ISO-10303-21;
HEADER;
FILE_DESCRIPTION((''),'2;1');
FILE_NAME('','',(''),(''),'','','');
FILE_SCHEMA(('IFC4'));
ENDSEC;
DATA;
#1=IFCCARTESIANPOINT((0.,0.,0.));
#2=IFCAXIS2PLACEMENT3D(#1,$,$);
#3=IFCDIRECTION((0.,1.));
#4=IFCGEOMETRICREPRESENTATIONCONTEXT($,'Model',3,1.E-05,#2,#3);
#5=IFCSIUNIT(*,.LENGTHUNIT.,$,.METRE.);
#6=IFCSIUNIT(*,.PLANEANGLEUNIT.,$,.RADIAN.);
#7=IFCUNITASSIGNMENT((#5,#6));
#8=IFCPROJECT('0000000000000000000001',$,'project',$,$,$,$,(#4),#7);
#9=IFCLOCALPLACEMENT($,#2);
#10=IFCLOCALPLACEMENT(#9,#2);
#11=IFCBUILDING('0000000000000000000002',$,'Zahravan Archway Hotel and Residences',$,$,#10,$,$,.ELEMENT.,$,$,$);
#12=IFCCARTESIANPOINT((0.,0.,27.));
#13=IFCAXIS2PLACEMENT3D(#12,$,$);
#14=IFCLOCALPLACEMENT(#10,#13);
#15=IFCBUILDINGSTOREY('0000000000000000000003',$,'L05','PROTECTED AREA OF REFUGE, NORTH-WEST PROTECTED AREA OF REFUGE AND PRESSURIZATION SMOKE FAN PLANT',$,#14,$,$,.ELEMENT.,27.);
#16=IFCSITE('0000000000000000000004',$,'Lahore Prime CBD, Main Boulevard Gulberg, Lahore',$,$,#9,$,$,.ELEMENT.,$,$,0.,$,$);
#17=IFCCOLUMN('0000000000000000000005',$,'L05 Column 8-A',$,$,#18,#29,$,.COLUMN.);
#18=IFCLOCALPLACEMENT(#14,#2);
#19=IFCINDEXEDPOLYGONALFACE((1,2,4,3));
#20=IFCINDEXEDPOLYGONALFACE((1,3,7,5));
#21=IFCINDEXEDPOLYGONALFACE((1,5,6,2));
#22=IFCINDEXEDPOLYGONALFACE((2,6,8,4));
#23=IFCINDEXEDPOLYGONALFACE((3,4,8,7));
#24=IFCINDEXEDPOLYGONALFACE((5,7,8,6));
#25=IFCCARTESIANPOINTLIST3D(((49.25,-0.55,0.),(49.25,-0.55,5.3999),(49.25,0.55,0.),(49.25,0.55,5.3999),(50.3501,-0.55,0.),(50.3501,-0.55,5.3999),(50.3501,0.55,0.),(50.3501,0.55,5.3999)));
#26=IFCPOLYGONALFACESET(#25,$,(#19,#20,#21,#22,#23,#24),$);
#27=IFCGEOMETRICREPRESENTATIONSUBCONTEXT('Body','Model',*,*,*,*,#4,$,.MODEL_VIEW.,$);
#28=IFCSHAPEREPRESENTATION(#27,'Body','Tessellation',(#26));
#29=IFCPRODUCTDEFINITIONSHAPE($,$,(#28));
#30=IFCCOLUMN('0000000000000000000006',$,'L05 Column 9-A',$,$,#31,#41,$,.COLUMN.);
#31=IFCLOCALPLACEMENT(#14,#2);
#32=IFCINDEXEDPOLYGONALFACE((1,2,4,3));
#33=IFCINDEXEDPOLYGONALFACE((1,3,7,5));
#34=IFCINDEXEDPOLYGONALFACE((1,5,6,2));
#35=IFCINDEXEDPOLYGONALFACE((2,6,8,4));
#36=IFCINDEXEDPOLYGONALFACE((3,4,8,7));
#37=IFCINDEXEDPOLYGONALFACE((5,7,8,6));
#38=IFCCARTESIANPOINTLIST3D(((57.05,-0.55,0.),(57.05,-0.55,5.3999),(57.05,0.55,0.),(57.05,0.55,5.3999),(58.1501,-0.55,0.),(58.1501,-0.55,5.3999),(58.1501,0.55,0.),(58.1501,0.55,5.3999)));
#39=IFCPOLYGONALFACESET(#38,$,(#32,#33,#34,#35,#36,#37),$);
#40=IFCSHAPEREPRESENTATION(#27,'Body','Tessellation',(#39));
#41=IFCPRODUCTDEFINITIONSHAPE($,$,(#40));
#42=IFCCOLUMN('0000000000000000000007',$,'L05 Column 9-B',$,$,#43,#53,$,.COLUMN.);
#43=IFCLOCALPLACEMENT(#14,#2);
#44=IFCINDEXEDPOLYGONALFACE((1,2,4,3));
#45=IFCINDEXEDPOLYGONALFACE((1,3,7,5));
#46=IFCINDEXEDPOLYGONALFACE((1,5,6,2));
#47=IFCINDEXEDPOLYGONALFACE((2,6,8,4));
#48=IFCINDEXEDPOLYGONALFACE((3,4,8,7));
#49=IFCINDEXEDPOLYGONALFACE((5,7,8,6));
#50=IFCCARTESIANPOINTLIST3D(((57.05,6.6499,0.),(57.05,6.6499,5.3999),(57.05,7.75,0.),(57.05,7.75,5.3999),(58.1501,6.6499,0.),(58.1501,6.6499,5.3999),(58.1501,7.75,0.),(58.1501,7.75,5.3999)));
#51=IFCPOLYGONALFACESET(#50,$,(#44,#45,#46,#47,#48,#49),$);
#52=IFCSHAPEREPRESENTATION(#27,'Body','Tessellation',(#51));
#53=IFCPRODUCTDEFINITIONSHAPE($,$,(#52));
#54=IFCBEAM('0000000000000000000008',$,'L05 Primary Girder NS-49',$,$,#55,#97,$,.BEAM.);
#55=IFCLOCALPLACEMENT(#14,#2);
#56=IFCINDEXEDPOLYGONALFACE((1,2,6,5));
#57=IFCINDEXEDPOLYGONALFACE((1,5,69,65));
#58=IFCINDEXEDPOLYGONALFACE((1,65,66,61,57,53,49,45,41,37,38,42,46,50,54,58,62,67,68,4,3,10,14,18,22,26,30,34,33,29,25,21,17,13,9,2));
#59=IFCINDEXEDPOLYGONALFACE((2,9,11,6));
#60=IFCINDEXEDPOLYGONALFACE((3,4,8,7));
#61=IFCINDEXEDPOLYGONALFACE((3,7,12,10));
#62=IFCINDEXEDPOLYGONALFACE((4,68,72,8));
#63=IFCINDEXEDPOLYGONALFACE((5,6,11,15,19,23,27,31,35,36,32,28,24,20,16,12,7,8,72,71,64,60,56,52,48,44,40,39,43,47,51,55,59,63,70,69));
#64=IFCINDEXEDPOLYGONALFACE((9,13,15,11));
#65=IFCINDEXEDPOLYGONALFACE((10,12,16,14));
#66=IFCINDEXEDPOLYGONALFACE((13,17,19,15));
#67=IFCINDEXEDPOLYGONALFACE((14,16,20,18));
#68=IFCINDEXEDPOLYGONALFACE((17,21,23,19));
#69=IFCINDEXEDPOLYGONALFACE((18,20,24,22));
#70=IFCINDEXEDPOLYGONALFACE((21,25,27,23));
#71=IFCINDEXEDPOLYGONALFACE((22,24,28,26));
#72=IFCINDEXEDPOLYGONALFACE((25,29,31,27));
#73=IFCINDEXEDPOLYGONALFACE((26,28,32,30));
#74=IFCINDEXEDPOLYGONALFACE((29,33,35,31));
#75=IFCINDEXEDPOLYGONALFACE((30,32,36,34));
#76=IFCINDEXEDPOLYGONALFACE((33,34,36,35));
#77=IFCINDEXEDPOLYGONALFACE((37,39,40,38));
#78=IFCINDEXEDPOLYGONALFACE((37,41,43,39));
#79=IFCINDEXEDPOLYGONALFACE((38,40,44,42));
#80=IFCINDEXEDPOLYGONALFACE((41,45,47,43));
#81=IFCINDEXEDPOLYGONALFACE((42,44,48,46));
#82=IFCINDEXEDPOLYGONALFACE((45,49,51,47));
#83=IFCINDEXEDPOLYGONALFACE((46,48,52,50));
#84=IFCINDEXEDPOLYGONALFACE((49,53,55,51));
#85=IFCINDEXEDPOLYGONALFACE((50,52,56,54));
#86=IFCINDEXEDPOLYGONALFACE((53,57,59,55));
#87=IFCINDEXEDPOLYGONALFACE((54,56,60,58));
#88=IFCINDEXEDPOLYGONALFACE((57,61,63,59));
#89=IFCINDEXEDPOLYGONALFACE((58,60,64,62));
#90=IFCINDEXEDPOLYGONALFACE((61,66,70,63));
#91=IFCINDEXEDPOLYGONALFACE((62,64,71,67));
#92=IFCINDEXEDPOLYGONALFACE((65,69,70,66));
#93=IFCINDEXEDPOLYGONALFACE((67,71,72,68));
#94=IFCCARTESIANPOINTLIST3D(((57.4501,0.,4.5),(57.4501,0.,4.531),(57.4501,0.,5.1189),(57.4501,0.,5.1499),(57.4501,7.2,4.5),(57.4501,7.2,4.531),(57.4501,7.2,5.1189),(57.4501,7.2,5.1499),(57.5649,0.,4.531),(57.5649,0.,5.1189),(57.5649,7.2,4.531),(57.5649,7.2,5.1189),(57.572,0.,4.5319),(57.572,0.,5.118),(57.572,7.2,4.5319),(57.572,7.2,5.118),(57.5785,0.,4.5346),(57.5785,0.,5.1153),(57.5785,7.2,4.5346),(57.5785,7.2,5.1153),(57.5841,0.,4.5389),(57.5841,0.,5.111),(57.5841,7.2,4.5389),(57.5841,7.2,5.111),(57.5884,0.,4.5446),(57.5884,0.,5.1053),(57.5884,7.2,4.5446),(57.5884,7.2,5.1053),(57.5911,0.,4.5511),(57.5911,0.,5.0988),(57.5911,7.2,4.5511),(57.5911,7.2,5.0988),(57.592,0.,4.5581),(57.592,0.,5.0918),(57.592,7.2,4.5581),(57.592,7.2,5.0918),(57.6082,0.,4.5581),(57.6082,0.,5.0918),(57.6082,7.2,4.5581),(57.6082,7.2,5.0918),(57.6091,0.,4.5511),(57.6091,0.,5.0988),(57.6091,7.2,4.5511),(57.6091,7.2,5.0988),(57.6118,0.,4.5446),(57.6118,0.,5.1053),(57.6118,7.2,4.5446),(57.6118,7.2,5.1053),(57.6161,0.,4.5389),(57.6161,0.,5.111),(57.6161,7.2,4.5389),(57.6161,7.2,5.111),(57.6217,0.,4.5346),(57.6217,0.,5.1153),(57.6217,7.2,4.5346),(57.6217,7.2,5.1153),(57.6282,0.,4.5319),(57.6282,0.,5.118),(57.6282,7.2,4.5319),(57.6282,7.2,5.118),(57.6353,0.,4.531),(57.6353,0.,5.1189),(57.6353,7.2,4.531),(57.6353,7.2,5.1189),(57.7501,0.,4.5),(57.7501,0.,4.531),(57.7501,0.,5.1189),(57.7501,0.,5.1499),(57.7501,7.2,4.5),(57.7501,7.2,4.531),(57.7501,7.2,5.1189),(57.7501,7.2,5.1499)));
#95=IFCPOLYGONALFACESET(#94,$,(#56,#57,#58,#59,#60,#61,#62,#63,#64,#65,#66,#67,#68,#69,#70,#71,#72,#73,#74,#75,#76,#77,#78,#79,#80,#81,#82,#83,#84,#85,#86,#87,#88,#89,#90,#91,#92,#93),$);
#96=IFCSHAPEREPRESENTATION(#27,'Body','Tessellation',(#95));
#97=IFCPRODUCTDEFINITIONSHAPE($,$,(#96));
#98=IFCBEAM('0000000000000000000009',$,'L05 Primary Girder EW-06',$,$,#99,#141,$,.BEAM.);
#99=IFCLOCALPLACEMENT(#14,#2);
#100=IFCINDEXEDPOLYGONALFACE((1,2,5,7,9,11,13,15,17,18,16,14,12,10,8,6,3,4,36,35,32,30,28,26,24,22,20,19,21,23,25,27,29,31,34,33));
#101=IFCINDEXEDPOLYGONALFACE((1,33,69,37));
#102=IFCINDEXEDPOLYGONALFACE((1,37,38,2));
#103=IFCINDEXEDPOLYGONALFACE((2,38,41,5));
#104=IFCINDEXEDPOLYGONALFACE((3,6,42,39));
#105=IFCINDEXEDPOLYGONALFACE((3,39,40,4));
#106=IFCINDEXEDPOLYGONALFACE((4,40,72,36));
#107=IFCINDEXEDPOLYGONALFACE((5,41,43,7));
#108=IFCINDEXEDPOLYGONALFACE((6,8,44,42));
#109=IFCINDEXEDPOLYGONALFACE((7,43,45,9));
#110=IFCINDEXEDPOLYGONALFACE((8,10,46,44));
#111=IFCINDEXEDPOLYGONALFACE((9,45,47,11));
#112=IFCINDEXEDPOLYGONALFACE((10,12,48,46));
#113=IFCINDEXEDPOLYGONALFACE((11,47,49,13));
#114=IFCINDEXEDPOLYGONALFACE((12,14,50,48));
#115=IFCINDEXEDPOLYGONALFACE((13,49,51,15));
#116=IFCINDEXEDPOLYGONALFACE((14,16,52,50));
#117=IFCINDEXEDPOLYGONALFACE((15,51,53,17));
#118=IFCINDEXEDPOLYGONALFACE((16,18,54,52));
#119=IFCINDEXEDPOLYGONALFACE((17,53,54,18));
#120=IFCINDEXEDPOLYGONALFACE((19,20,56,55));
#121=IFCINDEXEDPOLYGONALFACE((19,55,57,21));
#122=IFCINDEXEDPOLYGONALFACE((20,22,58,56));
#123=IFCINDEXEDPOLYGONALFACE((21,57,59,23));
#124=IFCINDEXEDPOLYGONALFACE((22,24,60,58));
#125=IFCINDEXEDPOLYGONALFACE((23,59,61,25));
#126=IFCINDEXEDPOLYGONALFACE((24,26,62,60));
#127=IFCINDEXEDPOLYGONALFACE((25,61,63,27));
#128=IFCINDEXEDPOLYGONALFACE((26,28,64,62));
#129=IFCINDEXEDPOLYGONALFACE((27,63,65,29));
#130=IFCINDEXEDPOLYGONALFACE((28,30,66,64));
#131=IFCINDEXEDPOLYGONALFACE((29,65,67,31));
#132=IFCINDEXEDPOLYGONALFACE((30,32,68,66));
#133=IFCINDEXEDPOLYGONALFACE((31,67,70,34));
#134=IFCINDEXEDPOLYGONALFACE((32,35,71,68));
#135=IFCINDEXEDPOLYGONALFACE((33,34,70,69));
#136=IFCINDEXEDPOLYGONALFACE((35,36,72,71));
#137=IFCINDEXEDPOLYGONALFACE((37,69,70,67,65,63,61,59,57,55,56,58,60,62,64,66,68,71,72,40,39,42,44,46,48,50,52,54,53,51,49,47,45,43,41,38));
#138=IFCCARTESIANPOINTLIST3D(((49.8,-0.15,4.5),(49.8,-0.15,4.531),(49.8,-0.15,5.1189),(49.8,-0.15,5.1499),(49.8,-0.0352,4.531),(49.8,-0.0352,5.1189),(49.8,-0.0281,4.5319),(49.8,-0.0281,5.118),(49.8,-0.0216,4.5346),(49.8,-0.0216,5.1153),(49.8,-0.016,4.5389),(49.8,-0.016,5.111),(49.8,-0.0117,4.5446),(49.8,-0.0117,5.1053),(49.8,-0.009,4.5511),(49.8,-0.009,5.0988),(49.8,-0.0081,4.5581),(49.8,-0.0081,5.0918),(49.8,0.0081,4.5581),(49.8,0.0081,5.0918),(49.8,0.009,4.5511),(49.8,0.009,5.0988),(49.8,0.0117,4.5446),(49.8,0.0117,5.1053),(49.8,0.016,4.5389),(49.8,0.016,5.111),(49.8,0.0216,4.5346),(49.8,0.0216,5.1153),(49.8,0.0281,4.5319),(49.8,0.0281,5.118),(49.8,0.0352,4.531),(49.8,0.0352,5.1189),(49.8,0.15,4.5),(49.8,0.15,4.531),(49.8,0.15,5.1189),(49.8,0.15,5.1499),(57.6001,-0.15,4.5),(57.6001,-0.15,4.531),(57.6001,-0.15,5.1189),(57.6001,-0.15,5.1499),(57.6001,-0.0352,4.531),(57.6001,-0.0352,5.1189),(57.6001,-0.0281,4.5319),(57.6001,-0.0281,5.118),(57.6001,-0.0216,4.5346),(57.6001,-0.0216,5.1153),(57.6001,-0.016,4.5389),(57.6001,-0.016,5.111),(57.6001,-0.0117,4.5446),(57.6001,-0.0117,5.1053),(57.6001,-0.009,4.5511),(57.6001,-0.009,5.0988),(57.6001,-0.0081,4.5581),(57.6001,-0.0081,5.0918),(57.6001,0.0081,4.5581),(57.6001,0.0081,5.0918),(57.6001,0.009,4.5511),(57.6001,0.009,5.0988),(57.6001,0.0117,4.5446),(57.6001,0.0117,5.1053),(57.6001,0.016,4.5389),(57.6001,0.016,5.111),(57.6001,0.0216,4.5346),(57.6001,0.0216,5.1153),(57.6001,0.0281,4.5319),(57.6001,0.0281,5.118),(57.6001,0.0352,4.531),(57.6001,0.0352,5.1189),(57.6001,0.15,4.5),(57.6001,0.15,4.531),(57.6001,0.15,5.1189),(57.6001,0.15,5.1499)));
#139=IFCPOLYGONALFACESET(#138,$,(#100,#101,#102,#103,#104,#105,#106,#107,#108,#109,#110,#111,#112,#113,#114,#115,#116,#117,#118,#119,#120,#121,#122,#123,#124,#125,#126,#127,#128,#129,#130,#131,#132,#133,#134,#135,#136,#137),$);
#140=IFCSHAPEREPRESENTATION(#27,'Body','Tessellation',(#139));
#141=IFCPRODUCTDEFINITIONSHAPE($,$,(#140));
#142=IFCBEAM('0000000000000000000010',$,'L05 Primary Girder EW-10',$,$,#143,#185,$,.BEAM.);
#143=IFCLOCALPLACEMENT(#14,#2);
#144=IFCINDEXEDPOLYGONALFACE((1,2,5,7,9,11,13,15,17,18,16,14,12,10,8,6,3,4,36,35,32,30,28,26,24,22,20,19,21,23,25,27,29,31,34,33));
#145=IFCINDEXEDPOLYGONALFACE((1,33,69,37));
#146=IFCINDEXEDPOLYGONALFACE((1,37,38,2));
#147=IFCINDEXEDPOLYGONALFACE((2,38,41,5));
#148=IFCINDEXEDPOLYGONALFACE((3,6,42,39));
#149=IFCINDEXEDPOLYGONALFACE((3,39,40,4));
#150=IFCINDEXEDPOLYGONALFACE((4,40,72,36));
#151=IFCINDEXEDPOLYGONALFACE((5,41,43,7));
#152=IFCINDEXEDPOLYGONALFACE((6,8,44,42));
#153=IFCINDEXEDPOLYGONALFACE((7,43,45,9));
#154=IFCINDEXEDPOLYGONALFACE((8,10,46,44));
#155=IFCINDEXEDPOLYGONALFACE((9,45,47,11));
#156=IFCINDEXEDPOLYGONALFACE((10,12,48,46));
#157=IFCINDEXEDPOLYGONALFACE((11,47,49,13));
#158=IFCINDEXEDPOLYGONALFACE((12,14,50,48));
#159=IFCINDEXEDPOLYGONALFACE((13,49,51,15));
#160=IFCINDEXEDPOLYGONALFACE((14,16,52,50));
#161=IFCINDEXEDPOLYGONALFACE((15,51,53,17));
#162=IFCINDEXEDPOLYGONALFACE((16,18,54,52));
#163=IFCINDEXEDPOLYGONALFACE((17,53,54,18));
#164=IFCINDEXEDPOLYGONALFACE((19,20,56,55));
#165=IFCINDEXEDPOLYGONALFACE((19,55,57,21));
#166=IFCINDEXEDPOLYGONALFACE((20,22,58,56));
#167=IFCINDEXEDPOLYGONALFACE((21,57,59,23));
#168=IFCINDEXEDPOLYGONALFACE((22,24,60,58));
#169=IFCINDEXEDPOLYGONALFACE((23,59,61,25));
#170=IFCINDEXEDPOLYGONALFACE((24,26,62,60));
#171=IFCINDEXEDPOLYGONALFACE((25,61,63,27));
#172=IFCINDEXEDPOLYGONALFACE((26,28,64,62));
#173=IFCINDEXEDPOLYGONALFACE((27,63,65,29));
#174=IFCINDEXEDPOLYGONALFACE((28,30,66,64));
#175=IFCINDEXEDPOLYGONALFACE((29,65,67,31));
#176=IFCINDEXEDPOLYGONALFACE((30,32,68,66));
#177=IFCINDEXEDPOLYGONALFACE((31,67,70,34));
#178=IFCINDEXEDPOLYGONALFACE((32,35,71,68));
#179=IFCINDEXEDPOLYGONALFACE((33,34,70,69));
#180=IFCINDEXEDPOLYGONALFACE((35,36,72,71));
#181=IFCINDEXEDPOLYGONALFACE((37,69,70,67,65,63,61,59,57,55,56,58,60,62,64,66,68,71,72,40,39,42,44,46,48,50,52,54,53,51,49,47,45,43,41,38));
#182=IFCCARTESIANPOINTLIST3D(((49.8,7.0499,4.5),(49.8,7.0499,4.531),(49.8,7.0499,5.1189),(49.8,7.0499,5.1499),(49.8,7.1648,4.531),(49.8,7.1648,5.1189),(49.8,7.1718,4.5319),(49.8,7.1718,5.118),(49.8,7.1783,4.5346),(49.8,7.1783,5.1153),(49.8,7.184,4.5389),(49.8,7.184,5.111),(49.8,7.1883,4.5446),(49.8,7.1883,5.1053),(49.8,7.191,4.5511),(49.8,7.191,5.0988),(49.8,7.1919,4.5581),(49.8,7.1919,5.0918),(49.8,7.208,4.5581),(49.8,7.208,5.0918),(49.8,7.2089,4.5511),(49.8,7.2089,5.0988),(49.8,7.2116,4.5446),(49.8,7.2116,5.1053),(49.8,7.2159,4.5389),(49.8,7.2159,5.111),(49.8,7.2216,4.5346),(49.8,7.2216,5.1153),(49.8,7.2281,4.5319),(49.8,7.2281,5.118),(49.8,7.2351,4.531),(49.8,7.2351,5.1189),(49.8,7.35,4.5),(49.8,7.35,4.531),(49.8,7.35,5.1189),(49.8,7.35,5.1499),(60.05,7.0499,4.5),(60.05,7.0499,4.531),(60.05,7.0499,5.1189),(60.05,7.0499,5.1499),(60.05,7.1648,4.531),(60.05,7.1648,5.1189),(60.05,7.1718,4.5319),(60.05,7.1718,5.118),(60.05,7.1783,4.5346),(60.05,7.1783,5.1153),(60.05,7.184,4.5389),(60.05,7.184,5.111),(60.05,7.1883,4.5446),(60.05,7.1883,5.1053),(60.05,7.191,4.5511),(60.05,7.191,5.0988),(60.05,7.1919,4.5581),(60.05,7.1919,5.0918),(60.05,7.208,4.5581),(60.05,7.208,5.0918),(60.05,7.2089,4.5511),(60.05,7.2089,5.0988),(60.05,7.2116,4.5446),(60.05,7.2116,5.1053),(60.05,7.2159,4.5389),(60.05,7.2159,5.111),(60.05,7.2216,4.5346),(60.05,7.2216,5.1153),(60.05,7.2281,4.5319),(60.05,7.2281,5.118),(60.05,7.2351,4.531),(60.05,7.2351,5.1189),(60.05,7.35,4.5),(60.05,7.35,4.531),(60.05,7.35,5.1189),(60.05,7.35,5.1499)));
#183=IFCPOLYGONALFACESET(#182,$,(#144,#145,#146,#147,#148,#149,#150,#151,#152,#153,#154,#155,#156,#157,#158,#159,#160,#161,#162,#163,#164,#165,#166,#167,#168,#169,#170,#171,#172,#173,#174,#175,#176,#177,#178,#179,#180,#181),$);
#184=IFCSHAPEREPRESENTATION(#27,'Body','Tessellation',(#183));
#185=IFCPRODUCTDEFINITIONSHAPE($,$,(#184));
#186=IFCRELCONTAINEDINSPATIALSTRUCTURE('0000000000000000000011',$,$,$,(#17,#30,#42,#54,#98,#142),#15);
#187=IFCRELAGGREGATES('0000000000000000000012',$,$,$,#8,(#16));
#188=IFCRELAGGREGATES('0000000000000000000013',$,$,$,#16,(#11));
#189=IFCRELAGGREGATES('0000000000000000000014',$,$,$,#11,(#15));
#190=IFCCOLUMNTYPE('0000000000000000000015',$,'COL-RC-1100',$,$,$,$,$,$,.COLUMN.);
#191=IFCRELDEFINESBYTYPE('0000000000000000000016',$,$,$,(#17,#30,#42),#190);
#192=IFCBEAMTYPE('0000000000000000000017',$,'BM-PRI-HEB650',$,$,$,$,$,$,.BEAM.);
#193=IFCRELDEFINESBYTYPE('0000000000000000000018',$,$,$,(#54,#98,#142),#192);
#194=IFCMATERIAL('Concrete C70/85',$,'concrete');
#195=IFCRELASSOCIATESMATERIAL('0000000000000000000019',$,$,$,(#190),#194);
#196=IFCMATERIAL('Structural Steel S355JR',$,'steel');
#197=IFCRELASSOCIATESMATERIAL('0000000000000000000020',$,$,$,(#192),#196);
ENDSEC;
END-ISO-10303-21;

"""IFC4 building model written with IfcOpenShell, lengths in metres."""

from ifc_helpers import new_model, si_unit, direction, frame, origin, origin_2d, place, context, subcontext, project, spatial, rectangle, i_section, extrude, source, transform, mapped, material, material_profile, profile_set, type_object, element, save


model = new_model("IFC4")

# Units and contexts
model_context = context("Model", 3, precision=1e-05, world=origin(), true_north=direction((0.0, 1.0)))
body_context = subcontext(model_context, "Body", "Model", "MODEL_VIEW")
ifc_project = project(units=[si_unit("LENGTHUNIT", "METRE"), si_unit("PLANEANGLEUNIT", "RADIAN")], contexts=[model_context])

# Site, building, storey
site_placement = place(None, origin())
site = spatial("IfcSite", under=ifc_project, at=site_placement, Name="Lahore Prime CBD, Main Boulevard Gulberg, Lahore", CompositionType="ELEMENT", RefElevation=0.0)
building_placement = place(site_placement, origin())
building = spatial("IfcBuilding", under=site, at=building_placement, Name="Zahravan Archway Hotel and Residences", CompositionType="ELEMENT")
storey_placement = place(building_placement, frame((0.0, 0.0, 27.0)))
storey = spatial("IfcBuildingStorey", under=building, at=storey_placement, Name="L05", Description="PROTECTED AREA OF REFUGE, NORTH-WEST PROTECTED AREA OF REFUGE AND PRESSURIZATION SMOKE FAN PLANT", CompositionType="ELEMENT", Elevation=27.0)

# Columns
ifc_material_1 = material(Name="Concrete C70/85", Category="concrete")
ifc_material_profile_1 = material_profile(ifc_material_1, rectangle(XDim=1.1001, YDim=1.1001, at=origin_2d()), Name="RC 1100x1100", Category="concrete")
ifc_profile_set_1 = profile_set([ifc_material_profile_1], Name="Concrete C70/85")
column_type = type_object("IfcColumnType", Name="COL-RC-1100", PredefinedType="COLUMN", material=ifc_profile_set_1)
shared_shape_1 = source(origin(), body_context, "Body", "SweptSolid", [
    extrude(rectangle(XDim=1.1001, YDim=1.1001, at=origin_2d()), origin(), (0.0, 0.0, 1.0), 5.3999),
])
for number, where, z_axis, x_axis, name in (
    (1, (49.8, 0.0, 0.0), (0.0, 0.0, 1.0), (1.0, 0.0, 0.0), "L05 Column 8-A"),
    (2, (57.6001, 0.0, 0.0), (0.0, 0.0, 1.0), (1.0, 0.0, 0.0), "L05 Column 9-A"),
    (3, (57.6001, 7.2, 0.0), (0.0, 0.0, 1.0), (1.0, 0.0, 0.0), "L05 Column 9-B"),
):
    element("IfcColumn", number, at=place(storey_placement, frame(where, z_axis=z_axis, x_axis=x_axis)), inside=storey, type_object=column_type, Name=name, PredefinedType="COLUMN", context=body_context, shape_type="MappedRepresentation", body=[
        mapped(shared_shape_1, transform((0.0, 0.0, 0.0), scale=1.0)),
    ])

# Beams
ifc_material_2 = material(Name="Structural Steel S355JR", Category="steel")
ifc_material_profile_2 = material_profile(ifc_material_2, i_section(OverallWidth=0.3, OverallDepth=0.6499, WebThickness=0.0161, FlangeThickness=0.031, FilletRadius=0.0271, at=origin_2d()), Name="HEB 650", Category="steel")
ifc_profile_set_2 = profile_set([ifc_material_profile_2], Name="Structural Steel S355JR")
beam_type_1 = type_object("IfcBeamType", Name="BM-PRI-HEB650", PredefinedType="BEAM", material=ifc_profile_set_2)
shared_shape_2 = source(origin(), body_context, "Body", "SweptSolid", [
    extrude(i_section(OverallWidth=0.3, OverallDepth=0.6499, WebThickness=0.0161, FlangeThickness=0.031, FilletRadius=0.0271, at=origin_2d()), origin(), (0.0, 0.0, 1.0), 7.2),
])
beam_1_placement = place(storey_placement, frame((57.6001, 0.0, 4.825), z_axis=(0.0, 1.0, 0.0), x_axis=(-1.0, 0.0, 0.0)))
element("IfcBeam", 4, at=beam_1_placement, inside=storey, type_object=beam_type_1, Name="L05 Primary Girder NS-49", PredefinedType="BEAM", context=body_context, shape_type="MappedRepresentation", body=[
    mapped(shared_shape_2, transform((0.0, 0.0, 0.0), scale=1.0)),
])
shared_shape_3 = source(origin(), body_context, "Body", "SweptSolid", [
    extrude(i_section(OverallWidth=0.3, OverallDepth=0.6499, WebThickness=0.0161, FlangeThickness=0.031, FilletRadius=0.0271, at=origin_2d()), origin(), (0.0, 0.0, 1.0), 7.8),
])
beam_2_placement = place(storey_placement, frame((49.8, 0.0, 4.825), z_axis=(1.0, 0.0, 0.0), x_axis=(0.0, 1.0, 0.0)))
element("IfcBeam", 5, at=beam_2_placement, inside=storey, type_object=beam_type_1, Name="L05 Primary Girder EW-06", PredefinedType="BEAM", context=body_context, shape_type="MappedRepresentation", body=[
    mapped(shared_shape_3, transform((0.0, 0.0, 0.0), scale=1.0)),
])
shared_shape_4 = source(origin(), body_context, "Body", "SweptSolid", [
    extrude(i_section(OverallWidth=0.3, OverallDepth=0.6499, WebThickness=0.0161, FlangeThickness=0.031, FilletRadius=0.0271, at=origin_2d()), origin(), (0.0, 0.0, 1.0), 10.25),
])
beam_3_placement = place(storey_placement, frame((49.8, 7.2, 4.825), z_axis=(1.0, 0.0, 0.0), x_axis=(0.0, 1.0, 0.0)))
element("IfcBeam", 6, at=beam_3_placement, inside=storey, type_object=beam_type_1, Name="L05 Primary Girder EW-10", PredefinedType="BEAM", context=body_context, shape_type="MappedRepresentation", body=[
    mapped(shared_shape_4, transform((0.0, 0.0, 0.0), scale=1.0)),
])

save(model, "model.ifc")
